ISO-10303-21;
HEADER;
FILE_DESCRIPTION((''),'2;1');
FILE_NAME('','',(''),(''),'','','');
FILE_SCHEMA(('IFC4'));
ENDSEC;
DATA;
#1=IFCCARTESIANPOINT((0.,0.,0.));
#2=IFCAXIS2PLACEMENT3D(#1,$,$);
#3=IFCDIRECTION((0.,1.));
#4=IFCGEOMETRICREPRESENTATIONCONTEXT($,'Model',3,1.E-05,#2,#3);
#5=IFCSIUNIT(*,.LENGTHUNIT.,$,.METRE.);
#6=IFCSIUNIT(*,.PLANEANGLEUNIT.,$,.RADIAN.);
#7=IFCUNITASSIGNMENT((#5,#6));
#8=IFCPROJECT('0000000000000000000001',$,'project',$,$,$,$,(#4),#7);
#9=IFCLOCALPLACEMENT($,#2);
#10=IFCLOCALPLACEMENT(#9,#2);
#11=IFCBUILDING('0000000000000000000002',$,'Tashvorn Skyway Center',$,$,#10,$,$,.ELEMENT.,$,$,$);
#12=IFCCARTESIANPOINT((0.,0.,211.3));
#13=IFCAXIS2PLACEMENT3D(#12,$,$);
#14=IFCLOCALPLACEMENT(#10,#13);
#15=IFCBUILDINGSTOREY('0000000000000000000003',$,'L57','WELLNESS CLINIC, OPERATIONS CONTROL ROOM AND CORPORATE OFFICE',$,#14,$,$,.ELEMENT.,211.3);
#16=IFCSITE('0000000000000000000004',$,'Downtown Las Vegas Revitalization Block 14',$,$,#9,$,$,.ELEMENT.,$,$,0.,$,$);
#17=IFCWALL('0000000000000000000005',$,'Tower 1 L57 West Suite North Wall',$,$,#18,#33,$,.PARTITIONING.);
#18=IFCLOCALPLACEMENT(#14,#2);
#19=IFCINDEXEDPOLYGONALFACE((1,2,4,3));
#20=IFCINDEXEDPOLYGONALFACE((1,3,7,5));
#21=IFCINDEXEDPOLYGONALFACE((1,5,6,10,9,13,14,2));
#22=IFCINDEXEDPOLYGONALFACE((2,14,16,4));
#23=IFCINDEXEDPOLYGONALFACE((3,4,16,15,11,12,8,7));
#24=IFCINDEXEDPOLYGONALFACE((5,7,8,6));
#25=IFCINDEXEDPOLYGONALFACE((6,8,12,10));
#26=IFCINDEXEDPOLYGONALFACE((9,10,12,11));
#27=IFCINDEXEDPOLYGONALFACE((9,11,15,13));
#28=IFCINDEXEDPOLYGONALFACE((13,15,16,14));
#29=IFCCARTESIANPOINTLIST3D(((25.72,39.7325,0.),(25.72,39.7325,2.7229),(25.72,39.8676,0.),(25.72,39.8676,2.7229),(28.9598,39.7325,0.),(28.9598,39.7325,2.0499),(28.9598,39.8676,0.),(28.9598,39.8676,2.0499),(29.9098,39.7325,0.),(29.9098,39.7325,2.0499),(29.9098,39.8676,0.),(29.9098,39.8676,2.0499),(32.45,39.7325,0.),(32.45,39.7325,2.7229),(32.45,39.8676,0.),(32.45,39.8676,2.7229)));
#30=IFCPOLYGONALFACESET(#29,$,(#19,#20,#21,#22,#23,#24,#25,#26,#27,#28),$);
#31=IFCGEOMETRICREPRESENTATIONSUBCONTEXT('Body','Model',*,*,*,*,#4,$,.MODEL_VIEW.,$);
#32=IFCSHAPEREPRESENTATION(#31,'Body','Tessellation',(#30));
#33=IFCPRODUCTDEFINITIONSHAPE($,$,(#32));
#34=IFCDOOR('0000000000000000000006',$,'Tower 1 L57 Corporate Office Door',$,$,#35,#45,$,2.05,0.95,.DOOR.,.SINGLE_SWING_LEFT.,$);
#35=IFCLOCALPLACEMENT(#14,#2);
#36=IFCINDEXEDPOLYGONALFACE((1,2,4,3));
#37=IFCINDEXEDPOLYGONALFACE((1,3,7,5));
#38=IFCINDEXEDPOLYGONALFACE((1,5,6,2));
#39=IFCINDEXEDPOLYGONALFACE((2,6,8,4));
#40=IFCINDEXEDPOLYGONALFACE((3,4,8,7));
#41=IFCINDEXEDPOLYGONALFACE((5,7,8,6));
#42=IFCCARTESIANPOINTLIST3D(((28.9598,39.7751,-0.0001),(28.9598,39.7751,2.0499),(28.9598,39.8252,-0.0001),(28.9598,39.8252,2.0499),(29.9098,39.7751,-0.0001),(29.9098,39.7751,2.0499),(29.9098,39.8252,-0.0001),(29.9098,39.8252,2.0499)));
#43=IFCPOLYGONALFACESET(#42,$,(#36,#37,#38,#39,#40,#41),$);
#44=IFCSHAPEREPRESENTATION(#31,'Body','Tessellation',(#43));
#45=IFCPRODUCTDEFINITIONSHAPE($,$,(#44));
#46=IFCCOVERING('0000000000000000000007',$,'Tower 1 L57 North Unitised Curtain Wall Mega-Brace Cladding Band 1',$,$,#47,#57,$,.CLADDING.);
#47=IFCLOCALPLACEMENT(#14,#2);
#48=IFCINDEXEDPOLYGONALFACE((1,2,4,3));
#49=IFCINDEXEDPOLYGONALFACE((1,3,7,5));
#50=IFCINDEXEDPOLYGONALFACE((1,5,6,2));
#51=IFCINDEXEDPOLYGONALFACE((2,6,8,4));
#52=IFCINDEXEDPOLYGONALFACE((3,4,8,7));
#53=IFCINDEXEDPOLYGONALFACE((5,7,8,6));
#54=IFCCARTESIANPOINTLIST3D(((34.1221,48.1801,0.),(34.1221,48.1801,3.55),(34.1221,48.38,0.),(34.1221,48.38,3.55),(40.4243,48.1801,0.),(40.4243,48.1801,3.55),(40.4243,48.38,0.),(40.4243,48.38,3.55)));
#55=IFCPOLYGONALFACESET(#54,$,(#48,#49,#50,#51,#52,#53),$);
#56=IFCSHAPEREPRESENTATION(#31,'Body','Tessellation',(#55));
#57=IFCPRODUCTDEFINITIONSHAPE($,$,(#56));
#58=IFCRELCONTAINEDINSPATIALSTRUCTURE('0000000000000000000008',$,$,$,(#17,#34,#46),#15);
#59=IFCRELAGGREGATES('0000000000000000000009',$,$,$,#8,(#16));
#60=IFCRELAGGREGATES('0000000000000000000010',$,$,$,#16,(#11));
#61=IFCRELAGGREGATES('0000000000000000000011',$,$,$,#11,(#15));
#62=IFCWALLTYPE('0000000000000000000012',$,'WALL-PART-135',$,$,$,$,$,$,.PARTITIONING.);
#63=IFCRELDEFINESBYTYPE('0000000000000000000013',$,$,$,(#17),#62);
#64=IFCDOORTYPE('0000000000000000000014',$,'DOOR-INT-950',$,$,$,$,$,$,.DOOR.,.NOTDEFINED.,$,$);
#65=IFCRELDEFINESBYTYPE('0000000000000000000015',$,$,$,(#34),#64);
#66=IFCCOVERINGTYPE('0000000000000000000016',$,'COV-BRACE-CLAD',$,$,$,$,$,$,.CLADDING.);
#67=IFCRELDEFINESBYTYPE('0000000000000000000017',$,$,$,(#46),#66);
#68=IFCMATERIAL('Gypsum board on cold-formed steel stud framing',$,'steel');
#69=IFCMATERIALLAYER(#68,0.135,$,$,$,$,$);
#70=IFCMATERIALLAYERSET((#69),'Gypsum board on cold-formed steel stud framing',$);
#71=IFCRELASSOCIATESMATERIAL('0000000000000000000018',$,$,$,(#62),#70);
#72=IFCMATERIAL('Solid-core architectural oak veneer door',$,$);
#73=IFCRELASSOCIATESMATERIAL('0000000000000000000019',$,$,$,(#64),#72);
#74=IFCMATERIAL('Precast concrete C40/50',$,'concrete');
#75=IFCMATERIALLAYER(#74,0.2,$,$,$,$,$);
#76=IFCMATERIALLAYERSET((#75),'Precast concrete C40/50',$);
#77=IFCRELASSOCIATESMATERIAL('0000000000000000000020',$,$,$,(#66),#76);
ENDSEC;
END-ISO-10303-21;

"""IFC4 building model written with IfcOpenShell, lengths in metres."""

from ifc_helpers import new_model, si_unit, direction, frame, frame_2d, origin, origin_2d, place, context, subcontext, project, spatial, rectangle, extrude, material, layer, layer_set, type_object, element, fill, save


model = new_model("IFC4")

# Units and contexts
model_context = context("Model", 3, precision=1e-05, world=origin(), true_north=direction((0.0, 1.0)))
body_context = subcontext(model_context, "Body", "Model", "MODEL_VIEW")
ifc_project = project(units=[si_unit("LENGTHUNIT", "METRE"), si_unit("PLANEANGLEUNIT", "RADIAN")], contexts=[model_context])

# Site, building, storey
site_placement = place(None, origin())
site = spatial("IfcSite", under=ifc_project, at=site_placement, Name="Downtown Las Vegas Revitalization Block 14", CompositionType="ELEMENT", RefElevation=0.0)
building_placement = place(site_placement, origin())
building = spatial("IfcBuilding", under=site, at=building_placement, Name="Tashvorn Skyway Center", CompositionType="ELEMENT")
storey_placement = place(building_placement, frame((0.0, 0.0, 211.3)))
storey = spatial("IfcBuildingStorey", under=building, at=storey_placement, Name="L57", Description="WELLNESS CLINIC, OPERATIONS CONTROL ROOM AND CORPORATE OFFICE", CompositionType="ELEMENT", Elevation=211.3)

# Shared definitions
ifc_material_1 = material(Name="Gypsum board on cold-formed steel stud framing", Category="steel")
ifc_layer_1 = layer(ifc_material_1, 0.135)
ifc_layer_set_1 = layer_set([ifc_layer_1], Name="Gypsum board on cold-formed steel stud framing")
wall_type_1 = type_object("IfcWallType", Name="WALL-PART-135", PredefinedType="PARTITIONING", material=ifc_layer_set_1)
ifc_material_2 = material(Name="Solid-core architectural oak veneer door")
door_type_1 = type_object("IfcDoorType", Name="DOOR-INT-950", OperationType="NOTDEFINED", PredefinedType="DOOR", material=ifc_material_2)

# Wall, opening, door
wall_1_placement = place(storey_placement, frame((32.45, 39.8, 0.0), z_axis=(0.0, 0.0, 1.0), x_axis=(-1.0, 0.0, 0.0)))
wall_1 = element("IfcWall", 1, at=wall_1_placement, inside=storey, type_object=wall_type_1, Name="Tower 1 L57 West Suite North Wall", PredefinedType="PARTITIONING", context=body_context, shape_type="SweptSolid", body=[
    extrude(rectangle(XDim=6.73, YDim=0.135, at=frame_2d((3.365, 0.0))), origin(), (0.0, 0.0, 1.0), 2.7229),
])
opening_1_placement = place(wall_1_placement, frame((2.54, 0.0, 0.0)))
opening_1 = element("IfcOpeningElement", 2, at=opening_1_placement, cuts=wall_1, PredefinedType="OPENING", context=body_context, shape_type="SweptSolid", body=[
    extrude(rectangle(XDim=0.95, YDim=2.05, at=frame_2d((0.4751, 1.0249))), frame((0.0, 0.0774, 0.0), z_axis=(0.0, -1.0, 0.0), x_axis=(1.0, 0.0, 0.0)), (0.0, 0.0, 1.0), 0.155),
])
door_1_placement = place(opening_1_placement, origin())
door_1 = element("IfcDoor", 3, at=door_1_placement, inside=storey, type_object=door_type_1, Name="Tower 1 L57 Corporate Office Door", OperationType="SINGLE_SWING_LEFT", OverallHeight=2.05, OverallWidth=0.95, PredefinedType="DOOR", context=body_context, shape_type="SweptSolid", body=[
    extrude(rectangle(XDim=0.95, YDim=2.05, at=frame_2d((0.4751, 1.0249))), frame((0.0, 0.0249, 0.0), z_axis=(0.0, -1.0, 0.0), x_axis=(1.0, 0.0, 0.0)), (0.0, 0.0, 1.0), 0.05),
])
fill(opening_1, door_1)

# Covering
ifc_material_3 = material(Name="Precast concrete C40/50", Category="concrete")
ifc_layer_2 = layer(ifc_material_3, 0.2)
ifc_layer_set_2 = layer_set([ifc_layer_2], Name="Precast concrete C40/50")
covering_type = type_object("IfcCoveringType", Name="COV-BRACE-CLAD", PredefinedType="CLADDING", material=ifc_layer_set_2)
covering_placement = place(storey_placement, frame((37.2732, 48.28, 0.0), z_axis=(0.0, 0.0, 1.0), x_axis=(1.0, 0.0, 0.0)))
element("IfcCovering", 4, at=covering_placement, inside=storey, type_object=covering_type, Name="Tower 1 L57 North Unitised Curtain Wall Mega-Brace Cladding Band 1", PredefinedType="CLADDING", context=body_context, shape_type="SweptSolid", body=[
    extrude(rectangle(XDim=6.3022, YDim=0.2, at=origin_2d()), origin(), (0.0, 0.0, 1.0), 3.55),
])

save(model, "model.ifc")
